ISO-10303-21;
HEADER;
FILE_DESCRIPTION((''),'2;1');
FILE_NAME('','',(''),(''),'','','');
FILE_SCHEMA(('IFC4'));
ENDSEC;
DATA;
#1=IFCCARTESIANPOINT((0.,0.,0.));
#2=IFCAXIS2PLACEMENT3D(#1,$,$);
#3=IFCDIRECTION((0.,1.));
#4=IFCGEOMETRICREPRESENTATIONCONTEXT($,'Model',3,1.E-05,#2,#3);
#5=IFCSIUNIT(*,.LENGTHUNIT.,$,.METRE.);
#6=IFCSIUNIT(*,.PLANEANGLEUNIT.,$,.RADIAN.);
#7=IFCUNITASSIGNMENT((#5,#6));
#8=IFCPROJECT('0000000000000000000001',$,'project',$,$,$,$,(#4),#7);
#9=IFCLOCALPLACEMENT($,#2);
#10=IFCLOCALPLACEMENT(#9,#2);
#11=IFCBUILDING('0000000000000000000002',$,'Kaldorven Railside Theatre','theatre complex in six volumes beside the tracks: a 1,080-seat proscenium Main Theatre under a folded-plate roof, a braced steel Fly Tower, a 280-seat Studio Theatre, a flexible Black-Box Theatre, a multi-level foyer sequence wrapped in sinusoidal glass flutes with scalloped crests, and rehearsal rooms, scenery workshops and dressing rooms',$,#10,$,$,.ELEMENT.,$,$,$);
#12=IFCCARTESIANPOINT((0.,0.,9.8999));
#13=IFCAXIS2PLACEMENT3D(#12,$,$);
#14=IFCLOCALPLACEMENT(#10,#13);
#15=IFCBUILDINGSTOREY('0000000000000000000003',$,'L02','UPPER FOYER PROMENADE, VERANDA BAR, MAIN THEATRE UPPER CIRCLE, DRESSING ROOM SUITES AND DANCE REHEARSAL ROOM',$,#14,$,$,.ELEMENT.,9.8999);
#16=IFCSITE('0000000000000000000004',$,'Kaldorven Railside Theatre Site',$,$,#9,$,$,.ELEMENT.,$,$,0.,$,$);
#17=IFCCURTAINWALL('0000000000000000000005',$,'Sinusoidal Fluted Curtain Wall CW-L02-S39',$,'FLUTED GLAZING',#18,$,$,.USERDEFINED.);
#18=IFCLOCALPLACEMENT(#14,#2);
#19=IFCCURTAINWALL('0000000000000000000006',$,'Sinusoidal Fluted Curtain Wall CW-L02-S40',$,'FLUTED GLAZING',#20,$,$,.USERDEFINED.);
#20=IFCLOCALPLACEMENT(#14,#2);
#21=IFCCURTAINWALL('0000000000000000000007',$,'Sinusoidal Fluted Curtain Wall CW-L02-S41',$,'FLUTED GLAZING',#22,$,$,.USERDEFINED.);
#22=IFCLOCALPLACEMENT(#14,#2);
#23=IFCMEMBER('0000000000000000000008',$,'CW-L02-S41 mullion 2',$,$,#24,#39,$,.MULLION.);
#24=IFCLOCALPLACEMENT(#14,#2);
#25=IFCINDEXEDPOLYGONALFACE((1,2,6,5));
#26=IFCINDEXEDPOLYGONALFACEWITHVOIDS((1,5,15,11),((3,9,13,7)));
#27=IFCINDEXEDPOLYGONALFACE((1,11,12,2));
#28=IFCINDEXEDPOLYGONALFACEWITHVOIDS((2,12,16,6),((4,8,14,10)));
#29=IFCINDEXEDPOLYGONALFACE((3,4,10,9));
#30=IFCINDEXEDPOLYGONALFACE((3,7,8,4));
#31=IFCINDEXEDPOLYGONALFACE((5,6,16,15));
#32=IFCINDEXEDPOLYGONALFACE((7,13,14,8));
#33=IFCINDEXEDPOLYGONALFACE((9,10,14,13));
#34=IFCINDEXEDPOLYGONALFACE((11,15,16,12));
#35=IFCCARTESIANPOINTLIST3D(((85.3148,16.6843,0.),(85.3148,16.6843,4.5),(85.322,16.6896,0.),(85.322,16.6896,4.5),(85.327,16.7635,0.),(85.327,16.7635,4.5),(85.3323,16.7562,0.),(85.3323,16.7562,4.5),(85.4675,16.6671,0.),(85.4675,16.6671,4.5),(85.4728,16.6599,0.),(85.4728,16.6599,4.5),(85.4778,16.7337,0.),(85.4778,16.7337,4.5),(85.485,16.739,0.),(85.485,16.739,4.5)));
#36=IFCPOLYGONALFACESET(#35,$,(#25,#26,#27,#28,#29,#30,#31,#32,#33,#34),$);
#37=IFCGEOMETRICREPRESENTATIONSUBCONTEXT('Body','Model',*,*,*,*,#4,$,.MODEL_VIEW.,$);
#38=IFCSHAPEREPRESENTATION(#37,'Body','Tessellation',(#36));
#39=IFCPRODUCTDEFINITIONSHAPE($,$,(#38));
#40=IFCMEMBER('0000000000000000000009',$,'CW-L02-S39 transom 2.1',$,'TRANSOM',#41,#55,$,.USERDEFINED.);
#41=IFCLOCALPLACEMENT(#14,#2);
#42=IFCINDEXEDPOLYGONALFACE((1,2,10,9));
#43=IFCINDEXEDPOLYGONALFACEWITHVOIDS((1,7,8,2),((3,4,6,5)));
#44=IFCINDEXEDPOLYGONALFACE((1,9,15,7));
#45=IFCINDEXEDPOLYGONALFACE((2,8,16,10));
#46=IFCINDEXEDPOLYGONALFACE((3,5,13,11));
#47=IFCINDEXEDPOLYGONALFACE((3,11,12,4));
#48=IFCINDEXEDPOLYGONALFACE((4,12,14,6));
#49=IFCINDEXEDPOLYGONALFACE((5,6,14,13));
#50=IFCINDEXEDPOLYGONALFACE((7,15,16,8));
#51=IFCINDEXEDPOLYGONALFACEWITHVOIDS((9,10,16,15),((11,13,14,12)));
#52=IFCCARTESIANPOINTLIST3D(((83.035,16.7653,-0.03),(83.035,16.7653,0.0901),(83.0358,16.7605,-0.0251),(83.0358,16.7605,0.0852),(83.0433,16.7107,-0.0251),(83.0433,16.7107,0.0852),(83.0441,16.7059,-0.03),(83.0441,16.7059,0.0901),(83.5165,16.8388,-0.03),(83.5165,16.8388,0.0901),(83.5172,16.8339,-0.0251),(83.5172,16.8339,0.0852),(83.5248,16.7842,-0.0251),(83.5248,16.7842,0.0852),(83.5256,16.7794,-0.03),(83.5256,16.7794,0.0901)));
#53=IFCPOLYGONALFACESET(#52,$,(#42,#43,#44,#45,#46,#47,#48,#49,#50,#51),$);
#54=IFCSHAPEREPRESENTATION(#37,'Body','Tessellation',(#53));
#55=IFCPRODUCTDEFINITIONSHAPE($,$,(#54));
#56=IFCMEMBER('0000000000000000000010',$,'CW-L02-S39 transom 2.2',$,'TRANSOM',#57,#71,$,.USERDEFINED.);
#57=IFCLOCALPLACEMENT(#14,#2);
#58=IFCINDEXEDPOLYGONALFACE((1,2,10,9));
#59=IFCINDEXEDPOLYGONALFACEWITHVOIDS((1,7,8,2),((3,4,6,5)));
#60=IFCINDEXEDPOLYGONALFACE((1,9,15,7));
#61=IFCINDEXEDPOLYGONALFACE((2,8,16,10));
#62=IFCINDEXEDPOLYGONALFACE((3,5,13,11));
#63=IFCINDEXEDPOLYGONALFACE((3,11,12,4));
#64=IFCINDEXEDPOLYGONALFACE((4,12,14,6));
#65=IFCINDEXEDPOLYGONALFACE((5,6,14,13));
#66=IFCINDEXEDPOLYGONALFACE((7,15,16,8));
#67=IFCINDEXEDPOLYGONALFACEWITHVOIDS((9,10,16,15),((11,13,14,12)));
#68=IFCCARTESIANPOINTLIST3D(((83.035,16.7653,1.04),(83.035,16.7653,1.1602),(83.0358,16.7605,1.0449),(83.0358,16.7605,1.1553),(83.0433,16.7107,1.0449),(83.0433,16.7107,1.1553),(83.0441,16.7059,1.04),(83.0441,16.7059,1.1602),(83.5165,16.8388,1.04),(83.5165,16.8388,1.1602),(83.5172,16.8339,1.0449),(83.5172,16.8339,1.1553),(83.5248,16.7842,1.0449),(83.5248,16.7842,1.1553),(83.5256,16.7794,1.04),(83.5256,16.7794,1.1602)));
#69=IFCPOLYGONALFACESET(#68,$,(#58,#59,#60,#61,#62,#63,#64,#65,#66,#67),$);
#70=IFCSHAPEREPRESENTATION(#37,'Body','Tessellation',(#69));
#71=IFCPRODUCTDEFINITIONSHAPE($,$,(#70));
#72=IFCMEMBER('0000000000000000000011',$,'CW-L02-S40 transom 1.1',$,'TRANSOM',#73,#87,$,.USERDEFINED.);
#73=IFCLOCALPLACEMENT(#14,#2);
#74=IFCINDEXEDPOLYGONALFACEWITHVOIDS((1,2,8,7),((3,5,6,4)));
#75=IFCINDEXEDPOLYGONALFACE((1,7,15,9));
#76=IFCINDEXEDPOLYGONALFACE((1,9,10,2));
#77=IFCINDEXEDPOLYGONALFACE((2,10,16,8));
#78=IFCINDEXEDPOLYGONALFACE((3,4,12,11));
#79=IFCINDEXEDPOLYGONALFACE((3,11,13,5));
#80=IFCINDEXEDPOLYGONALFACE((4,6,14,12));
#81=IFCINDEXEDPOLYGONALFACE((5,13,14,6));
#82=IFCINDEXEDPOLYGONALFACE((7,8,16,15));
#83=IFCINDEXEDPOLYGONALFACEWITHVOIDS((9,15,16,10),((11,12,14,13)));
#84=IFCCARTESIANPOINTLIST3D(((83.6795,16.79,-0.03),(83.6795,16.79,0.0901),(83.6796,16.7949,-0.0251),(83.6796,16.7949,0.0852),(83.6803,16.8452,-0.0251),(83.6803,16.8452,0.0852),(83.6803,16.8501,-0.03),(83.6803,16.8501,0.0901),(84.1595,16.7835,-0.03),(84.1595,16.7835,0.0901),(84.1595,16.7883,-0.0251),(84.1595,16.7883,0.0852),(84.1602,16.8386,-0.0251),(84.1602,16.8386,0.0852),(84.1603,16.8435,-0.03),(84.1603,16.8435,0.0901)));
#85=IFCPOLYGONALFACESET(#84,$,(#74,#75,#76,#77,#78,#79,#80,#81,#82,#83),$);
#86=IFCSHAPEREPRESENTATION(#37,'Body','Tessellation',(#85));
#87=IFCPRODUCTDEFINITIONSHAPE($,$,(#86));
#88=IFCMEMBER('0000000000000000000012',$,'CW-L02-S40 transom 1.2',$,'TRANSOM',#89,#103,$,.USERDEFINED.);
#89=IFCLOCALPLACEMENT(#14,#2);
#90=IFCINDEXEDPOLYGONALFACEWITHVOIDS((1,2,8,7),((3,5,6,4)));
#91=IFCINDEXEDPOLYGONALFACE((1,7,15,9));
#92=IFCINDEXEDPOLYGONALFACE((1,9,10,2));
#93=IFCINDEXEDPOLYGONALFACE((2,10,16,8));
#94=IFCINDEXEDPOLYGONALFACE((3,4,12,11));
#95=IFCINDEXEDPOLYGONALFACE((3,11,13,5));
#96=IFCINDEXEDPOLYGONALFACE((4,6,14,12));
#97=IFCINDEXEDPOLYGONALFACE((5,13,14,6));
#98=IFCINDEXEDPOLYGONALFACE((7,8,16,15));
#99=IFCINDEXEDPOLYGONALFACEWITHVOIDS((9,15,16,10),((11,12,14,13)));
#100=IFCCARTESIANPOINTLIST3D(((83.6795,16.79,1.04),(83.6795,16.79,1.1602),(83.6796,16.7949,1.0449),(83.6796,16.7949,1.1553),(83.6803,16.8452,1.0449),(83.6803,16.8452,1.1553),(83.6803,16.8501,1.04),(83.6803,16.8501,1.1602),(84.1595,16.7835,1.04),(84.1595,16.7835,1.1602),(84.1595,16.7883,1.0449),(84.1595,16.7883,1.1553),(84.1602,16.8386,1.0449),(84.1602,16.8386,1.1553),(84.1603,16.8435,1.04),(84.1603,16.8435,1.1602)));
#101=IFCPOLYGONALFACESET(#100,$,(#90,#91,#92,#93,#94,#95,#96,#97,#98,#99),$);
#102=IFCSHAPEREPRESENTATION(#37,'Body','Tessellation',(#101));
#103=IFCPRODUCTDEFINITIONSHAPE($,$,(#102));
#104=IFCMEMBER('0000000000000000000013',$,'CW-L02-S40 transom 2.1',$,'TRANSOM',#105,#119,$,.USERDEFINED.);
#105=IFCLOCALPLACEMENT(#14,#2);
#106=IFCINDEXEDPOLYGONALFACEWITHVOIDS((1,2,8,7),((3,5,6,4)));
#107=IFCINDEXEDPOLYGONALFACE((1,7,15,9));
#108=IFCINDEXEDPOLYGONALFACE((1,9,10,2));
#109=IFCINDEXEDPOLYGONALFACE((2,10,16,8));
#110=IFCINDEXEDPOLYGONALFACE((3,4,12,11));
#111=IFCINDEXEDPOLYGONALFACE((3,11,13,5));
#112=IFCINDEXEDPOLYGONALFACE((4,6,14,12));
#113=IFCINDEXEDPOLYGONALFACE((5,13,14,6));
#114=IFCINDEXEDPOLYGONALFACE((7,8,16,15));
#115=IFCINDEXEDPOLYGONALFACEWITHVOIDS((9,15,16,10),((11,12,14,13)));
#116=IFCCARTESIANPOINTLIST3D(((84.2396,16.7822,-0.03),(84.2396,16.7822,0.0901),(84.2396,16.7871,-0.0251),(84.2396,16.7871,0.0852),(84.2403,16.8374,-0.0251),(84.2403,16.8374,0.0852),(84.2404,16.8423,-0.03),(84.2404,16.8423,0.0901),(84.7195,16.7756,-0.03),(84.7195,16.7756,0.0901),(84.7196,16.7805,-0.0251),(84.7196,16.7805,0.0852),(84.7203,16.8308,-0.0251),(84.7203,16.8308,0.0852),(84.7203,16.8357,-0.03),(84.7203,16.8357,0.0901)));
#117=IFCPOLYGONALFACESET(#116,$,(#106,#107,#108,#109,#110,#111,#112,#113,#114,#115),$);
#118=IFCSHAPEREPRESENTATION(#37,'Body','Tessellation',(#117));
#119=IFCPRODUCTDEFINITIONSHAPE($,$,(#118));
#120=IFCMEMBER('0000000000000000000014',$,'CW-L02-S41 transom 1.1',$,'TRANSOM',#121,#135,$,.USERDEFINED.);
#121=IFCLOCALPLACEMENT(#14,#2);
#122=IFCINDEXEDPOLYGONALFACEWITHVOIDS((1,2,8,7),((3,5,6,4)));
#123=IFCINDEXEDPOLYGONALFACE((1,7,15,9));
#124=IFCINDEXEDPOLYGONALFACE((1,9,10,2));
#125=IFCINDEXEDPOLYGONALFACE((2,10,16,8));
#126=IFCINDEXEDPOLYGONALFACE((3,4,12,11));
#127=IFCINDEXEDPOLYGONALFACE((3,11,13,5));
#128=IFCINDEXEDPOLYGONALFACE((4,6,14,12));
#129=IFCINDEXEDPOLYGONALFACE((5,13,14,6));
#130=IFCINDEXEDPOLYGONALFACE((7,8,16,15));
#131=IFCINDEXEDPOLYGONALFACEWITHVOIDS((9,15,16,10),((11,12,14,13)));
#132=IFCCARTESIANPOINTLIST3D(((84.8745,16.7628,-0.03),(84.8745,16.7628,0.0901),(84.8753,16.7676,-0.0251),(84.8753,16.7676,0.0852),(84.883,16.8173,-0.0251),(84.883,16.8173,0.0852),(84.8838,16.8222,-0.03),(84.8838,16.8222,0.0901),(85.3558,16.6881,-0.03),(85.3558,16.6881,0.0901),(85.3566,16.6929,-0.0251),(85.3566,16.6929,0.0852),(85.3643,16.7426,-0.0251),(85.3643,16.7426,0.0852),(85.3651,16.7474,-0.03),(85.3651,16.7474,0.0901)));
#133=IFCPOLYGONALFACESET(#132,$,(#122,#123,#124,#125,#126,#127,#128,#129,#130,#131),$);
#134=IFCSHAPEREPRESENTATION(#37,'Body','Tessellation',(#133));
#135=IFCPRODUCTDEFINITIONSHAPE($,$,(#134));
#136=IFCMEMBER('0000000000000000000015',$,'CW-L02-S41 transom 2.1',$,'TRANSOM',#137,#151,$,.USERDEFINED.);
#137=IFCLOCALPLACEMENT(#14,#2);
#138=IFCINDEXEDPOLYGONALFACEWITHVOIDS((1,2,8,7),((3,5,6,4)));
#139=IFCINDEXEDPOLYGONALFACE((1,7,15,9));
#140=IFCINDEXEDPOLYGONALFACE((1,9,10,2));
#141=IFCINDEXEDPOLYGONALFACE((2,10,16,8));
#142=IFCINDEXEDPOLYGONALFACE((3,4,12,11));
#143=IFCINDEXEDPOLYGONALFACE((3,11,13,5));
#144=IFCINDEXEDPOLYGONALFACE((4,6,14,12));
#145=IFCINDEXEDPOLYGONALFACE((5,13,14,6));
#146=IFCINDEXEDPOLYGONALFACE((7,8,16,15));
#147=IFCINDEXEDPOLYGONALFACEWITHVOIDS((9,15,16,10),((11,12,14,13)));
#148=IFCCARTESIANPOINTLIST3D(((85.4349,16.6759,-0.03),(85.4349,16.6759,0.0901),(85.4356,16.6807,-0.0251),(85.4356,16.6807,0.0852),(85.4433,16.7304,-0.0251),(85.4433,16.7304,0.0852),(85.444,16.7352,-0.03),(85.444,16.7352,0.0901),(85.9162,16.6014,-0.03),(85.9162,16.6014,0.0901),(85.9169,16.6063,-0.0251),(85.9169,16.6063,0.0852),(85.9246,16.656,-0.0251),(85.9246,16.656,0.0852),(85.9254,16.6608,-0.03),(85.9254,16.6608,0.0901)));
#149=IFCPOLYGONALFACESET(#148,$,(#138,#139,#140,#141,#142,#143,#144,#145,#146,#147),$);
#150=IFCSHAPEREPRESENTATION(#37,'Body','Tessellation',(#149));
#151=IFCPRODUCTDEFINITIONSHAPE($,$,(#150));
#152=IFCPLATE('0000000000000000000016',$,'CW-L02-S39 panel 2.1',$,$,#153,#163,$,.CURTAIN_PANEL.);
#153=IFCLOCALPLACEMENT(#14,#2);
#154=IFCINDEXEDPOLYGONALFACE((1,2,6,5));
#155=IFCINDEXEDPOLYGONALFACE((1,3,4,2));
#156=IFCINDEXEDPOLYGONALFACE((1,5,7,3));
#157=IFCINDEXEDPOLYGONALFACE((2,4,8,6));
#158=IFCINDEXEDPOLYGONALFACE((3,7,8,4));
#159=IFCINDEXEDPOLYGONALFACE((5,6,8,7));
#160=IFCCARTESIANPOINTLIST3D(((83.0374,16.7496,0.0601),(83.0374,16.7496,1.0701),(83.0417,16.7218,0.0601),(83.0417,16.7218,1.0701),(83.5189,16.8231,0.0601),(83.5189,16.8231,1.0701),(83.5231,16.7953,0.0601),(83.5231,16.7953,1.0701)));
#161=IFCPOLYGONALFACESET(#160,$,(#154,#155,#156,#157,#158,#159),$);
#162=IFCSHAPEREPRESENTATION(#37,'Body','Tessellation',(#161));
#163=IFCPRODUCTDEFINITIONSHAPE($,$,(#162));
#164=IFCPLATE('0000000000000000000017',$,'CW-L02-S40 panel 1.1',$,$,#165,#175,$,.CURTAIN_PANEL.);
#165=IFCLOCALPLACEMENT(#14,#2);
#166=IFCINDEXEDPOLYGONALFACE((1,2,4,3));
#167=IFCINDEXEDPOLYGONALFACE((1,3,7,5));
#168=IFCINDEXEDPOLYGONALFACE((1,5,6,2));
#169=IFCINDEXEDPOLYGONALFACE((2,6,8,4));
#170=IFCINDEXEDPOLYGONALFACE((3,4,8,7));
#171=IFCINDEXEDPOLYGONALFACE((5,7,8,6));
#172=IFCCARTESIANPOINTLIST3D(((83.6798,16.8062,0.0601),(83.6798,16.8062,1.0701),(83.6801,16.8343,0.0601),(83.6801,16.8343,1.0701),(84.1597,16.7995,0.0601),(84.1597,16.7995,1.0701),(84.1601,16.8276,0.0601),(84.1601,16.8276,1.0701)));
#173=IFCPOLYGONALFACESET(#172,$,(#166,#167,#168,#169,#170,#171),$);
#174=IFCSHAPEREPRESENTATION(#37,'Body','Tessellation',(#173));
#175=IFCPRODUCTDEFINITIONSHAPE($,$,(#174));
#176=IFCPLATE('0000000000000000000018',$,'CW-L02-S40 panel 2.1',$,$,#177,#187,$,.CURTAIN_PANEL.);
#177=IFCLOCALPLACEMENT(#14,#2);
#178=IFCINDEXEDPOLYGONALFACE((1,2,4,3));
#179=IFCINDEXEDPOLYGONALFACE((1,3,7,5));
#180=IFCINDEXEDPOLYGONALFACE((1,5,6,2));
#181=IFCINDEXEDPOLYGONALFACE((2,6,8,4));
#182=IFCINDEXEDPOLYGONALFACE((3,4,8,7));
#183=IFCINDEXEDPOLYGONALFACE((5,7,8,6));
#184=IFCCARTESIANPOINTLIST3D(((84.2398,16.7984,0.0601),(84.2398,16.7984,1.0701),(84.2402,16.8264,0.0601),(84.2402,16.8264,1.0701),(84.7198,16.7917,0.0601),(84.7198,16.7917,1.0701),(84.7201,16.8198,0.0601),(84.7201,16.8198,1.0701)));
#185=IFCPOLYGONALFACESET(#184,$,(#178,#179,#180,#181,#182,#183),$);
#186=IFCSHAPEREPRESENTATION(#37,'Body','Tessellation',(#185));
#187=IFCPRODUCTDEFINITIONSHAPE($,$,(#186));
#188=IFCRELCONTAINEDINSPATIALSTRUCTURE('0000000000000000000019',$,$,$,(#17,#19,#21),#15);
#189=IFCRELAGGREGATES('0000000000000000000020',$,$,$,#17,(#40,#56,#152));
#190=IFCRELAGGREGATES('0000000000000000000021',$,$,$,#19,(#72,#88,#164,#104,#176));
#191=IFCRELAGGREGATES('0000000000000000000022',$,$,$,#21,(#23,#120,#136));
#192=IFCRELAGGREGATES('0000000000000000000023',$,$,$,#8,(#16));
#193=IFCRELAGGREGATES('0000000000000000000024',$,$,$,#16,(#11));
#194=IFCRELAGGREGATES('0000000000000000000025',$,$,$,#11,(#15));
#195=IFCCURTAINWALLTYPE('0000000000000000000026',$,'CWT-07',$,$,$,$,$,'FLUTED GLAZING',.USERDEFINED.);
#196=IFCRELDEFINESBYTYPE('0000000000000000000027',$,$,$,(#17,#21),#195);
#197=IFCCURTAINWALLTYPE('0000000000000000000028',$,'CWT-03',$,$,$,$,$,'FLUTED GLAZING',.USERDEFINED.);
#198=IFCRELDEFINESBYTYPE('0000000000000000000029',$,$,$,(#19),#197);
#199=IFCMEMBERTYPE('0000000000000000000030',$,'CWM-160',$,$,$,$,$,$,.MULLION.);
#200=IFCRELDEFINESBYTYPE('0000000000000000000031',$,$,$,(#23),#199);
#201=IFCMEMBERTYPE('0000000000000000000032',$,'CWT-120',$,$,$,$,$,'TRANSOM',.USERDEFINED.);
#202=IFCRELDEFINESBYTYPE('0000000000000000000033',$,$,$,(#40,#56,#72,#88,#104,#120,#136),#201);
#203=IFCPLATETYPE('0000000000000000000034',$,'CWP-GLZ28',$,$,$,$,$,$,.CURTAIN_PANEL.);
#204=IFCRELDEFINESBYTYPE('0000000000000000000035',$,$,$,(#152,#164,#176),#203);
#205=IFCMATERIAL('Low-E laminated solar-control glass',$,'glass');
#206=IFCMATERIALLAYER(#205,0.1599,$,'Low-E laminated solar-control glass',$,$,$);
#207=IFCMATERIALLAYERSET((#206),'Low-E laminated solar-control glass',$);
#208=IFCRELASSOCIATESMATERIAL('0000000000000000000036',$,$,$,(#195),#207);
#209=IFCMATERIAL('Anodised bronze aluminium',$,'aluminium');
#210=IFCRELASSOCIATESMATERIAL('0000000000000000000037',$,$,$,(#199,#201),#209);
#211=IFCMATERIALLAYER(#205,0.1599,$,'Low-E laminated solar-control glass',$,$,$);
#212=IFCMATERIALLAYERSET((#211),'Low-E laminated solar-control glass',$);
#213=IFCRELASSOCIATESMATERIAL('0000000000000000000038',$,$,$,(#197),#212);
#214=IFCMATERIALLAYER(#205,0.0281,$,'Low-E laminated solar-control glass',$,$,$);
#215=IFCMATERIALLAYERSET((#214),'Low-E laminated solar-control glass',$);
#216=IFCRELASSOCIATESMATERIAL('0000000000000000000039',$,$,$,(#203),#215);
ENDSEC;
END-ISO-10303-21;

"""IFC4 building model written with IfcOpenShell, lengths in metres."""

from ifc_helpers import new_model, si_unit, direction, frame, origin, origin_2d, place, context, subcontext, project, spatial, rectangle, hollow_rectangle, extrude, material, layer, layer_set, material_profile, profile_set, type_object, element, aggregate, save


model = new_model("IFC4")

# Units and contexts
model_context = context("Model", 3, precision=1e-05, world=origin(), true_north=direction((0.0, 1.0)))
body_context = subcontext(model_context, "Body", "Model", "MODEL_VIEW")
ifc_project = project(units=[si_unit("LENGTHUNIT", "METRE"), si_unit("PLANEANGLEUNIT", "RADIAN")], contexts=[model_context])

# Site, building, storey
site_placement = place(None, origin())
site = spatial("IfcSite", under=ifc_project, at=site_placement, Name="Kaldorven Railside Theatre Site", CompositionType="ELEMENT", RefElevation=0.0)
building_placement = place(site_placement, origin())
building = spatial("IfcBuilding", under=site, at=building_placement, Name="Kaldorven Railside Theatre", Description="theatre complex in six volumes beside the tracks: a 1,080-seat proscenium Main Theatre under a folded-plate roof, a braced steel Fly Tower, a 280-seat Studio Theatre, a flexible Black-Box Theatre, a multi-level foyer sequence wrapped in sinusoidal glass flutes with scalloped crests, and rehearsal rooms, scenery workshops and dressing rooms", CompositionType="ELEMENT")
storey_placement = place(building_placement, frame((0.0, 0.0, 9.8999)))
storey = spatial("IfcBuildingStorey", under=building, at=storey_placement, Name="L02", Description="UPPER FOYER PROMENADE, VERANDA BAR, MAIN THEATRE UPPER CIRCLE, DRESSING ROOM SUITES AND DANCE REHEARSAL ROOM", CompositionType="ELEMENT", Elevation=9.8999)

# Curtain walls, member
ifc_material_1 = material(Name="Low-E laminated solar-control glass", Category="glass")
ifc_layer_1 = layer(ifc_material_1, 0.1599, Name="Low-E laminated solar-control glass")
ifc_layer_set_1 = layer_set([ifc_layer_1], Name="Low-E laminated solar-control glass")
curtain_wall_type_1 = type_object("IfcCurtainWallType", Name="CWT-07", ElementType="FLUTED GLAZING", PredefinedType="USERDEFINED", material=ifc_layer_set_1)
curtain_wall_1_placement = place(storey_placement, origin())
curtain_wall_1 = element("IfcCurtainWall", 1, at=curtain_wall_1_placement, inside=storey, type_object=curtain_wall_type_1, Name="Sinusoidal Fluted Curtain Wall CW-L02-S39", ObjectType="FLUTED GLAZING", PredefinedType="USERDEFINED")
ifc_material_2 = material(Name="Anodised bronze aluminium", Category="aluminium")
ifc_material_profile_1 = material_profile(ifc_material_2, hollow_rectangle(XDim=0.0801, YDim=0.1599, WallThickness=0.0063, at=origin_2d()), Name="RHS 160x80x6.3")
ifc_profile_set_1 = profile_set([ifc_material_profile_1], Name="Anodised bronze aluminium")
member_type_1 = type_object("IfcMemberType", Name="CWM-160", PredefinedType="MULLION", material=ifc_profile_set_1)
ifc_layer_2 = layer(ifc_material_1, 0.1599, Name="Low-E laminated solar-control glass")
ifc_layer_set_2 = layer_set([ifc_layer_2], Name="Low-E laminated solar-control glass")
curtain_wall_type_2 = type_object("IfcCurtainWallType", Name="CWT-03", ElementType="FLUTED GLAZING", PredefinedType="USERDEFINED", material=ifc_layer_set_2)
curtain_wall_2_placement = place(storey_placement, origin())
curtain_wall_2 = element("IfcCurtainWall", 2, at=curtain_wall_2_placement, inside=storey, type_object=curtain_wall_type_2, Name="Sinusoidal Fluted Curtain Wall CW-L02-S40", ObjectType="FLUTED GLAZING", PredefinedType="USERDEFINED")
curtain_wall_3_placement = place(storey_placement, origin())
curtain_wall_3 = element("IfcCurtainWall", 3, at=curtain_wall_3_placement, inside=storey, type_object=curtain_wall_type_1, Name="Sinusoidal Fluted Curtain Wall CW-L02-S41", ObjectType="FLUTED GLAZING", PredefinedType="USERDEFINED")
member_1_placement = place(storey_placement, frame((85.3999, 16.7117, 0.0), z_axis=(0.0, 0.0, 1.0), x_axis=(0.15301, 0.988225, 0.0)))
member_1 = element("IfcMember", 4, at=member_1_placement, type_object=member_type_1, Name="CW-L02-S41 mullion 2", PredefinedType="MULLION", context=body_context, shape_type="SweptSolid", body=[
    extrude(hollow_rectangle(XDim=0.0801, YDim=0.1599, WallThickness=0.0063, at=origin_2d()), origin(), (0.0, 0.0, 1.0), 4.5),
])

# Members
ifc_material_profile_2 = material_profile(ifc_material_2, hollow_rectangle(XDim=0.0601, YDim=0.1201, WallThickness=0.0049, at=origin_2d()), Name="RHS 120x60x5")
ifc_profile_set_2 = profile_set([ifc_material_profile_2], Name="Anodised bronze aluminium")
member_type_2 = type_object("IfcMemberType", Name="CWT-120", ElementType="TRANSOM", PredefinedType="USERDEFINED", material=ifc_profile_set_2)
member_2_placement = place(storey_placement, frame((83.0396, 16.7356, 0.03), z_axis=(0.988551, 0.150889, 0.0), x_axis=(-0.150889, 0.988551, 0.0)))
member_2 = element("IfcMember", 5, at=member_2_placement, type_object=member_type_2, Name="CW-L02-S39 transom 2.1", ObjectType="TRANSOM", PredefinedType="USERDEFINED", context=body_context, shape_type="SweptSolid", body=[
    extrude(hollow_rectangle(XDim=0.0601, YDim=0.1201, WallThickness=0.0049, at=origin_2d()), origin(), (0.0, 0.0, 1.0), 0.4871),
])
member_3_placement = place(storey_placement, frame((83.0396, 16.7356, 1.1001), z_axis=(0.988551, 0.150889, 0.0), x_axis=(-0.150889, 0.988551, 0.0)))
member_3 = element("IfcMember", 6, at=member_3_placement, type_object=member_type_2, Name="CW-L02-S39 transom 2.2", ObjectType="TRANSOM", PredefinedType="USERDEFINED", context=body_context, shape_type="SweptSolid", body=[
    extrude(hollow_rectangle(XDim=0.0601, YDim=0.1201, WallThickness=0.0049, at=origin_2d()), origin(), (0.0, 0.0, 1.0), 0.4871),
])
member_4_placement = place(storey_placement, frame((83.6799, 16.8201, 0.03), z_axis=(0.999906, -0.013732, 0.0), x_axis=(0.013732, 0.999906, 0.0)))
member_4 = element("IfcMember", 7, at=member_4_placement, type_object=member_type_2, Name="CW-L02-S40 transom 1.1", ObjectType="TRANSOM", PredefinedType="USERDEFINED", context=body_context, shape_type="SweptSolid", body=[
    extrude(hollow_rectangle(XDim=0.0601, YDim=0.1201, WallThickness=0.0049, at=origin_2d()), origin(), (0.0, 0.0, 1.0), 0.48),
])
member_5_placement = place(storey_placement, frame((83.6799, 16.8201, 1.1001), z_axis=(0.999906, -0.013732, 0.0), x_axis=(0.013732, 0.999906, 0.0)))
member_5 = element("IfcMember", 8, at=member_5_placement, type_object=member_type_2, Name="CW-L02-S40 transom 1.2", ObjectType="TRANSOM", PredefinedType="USERDEFINED", context=body_context, shape_type="SweptSolid", body=[
    extrude(hollow_rectangle(XDim=0.0601, YDim=0.1201, WallThickness=0.0049, at=origin_2d()), origin(), (0.0, 0.0, 1.0), 0.48),
])
member_6_placement = place(storey_placement, frame((84.24, 16.8123, 0.03), z_axis=(0.999906, -0.013732, 0.0), x_axis=(0.013732, 0.999906, 0.0)))
member_6 = element("IfcMember", 9, at=member_6_placement, type_object=member_type_2, Name="CW-L02-S40 transom 2.1", ObjectType="TRANSOM", PredefinedType="USERDEFINED", context=body_context, shape_type="SweptSolid", body=[
    extrude(hollow_rectangle(XDim=0.0601, YDim=0.1201, WallThickness=0.0049, at=origin_2d()), origin(), (0.0, 0.0, 1.0), 0.48),
])
member_7_placement = place(storey_placement, frame((84.8792, 16.7925, 0.03), z_axis=(0.988162, -0.153413, 0.0), x_axis=(0.153413, 0.988162, 0.0)))
member_7 = element("IfcMember", 10, at=member_7_placement, type_object=member_type_2, Name="CW-L02-S41 transom 1.1", ObjectType="TRANSOM", PredefinedType="USERDEFINED", context=body_context, shape_type="SweptSolid", body=[
    extrude(hollow_rectangle(XDim=0.0601, YDim=0.1201, WallThickness=0.0049, at=origin_2d()), origin(), (0.0, 0.0, 1.0), 0.4871),
])
member_8_placement = place(storey_placement, frame((85.4395, 16.7056, 0.03), z_axis=(0.98825, -0.152848, 0.0), x_axis=(0.152848, 0.98825, 0.0)))
member_8 = element("IfcMember", 11, at=member_8_placement, type_object=member_type_2, Name="CW-L02-S41 transom 2.1", ObjectType="TRANSOM", PredefinedType="USERDEFINED", context=body_context, shape_type="SweptSolid", body=[
    extrude(hollow_rectangle(XDim=0.0601, YDim=0.1201, WallThickness=0.0049, at=origin_2d()), origin(), (0.0, 0.0, 1.0), 0.4871),
])

# Plates
ifc_layer_3 = layer(ifc_material_1, 0.0281, Name="Low-E laminated solar-control glass")
ifc_layer_set_3 = layer_set([ifc_layer_3], Name="Low-E laminated solar-control glass")
plate_type = type_object("IfcPlateType", Name="CWP-GLZ28", PredefinedType="CURTAIN_PANEL", material=ifc_layer_set_3)
plate_1_placement = place(storey_placement, frame((83.2803, 16.7725, 0.0601), z_axis=(0.0, 0.0, 1.0), x_axis=(0.988546, 0.150918, 0.0)))
plate_1 = element("IfcPlate", 12, at=plate_1_placement, type_object=plate_type, Name="CW-L02-S39 panel 2.1", PredefinedType="CURTAIN_PANEL", context=body_context, shape_type="SweptSolid", body=[
    extrude(rectangle(XDim=0.4871, YDim=0.0281, at=origin_2d()), origin(), (0.0, 0.0, 1.0), 1.01),
])
aggregate(curtain_wall_1, [member_2, member_3, plate_1])
plate_2_placement = place(storey_placement, frame((83.9199, 16.8169, 0.0601), z_axis=(0.0, 0.0, 1.0), x_axis=(0.999904, -0.013832, 0.0)))
plate_2 = element("IfcPlate", 13, at=plate_2_placement, type_object=plate_type, Name="CW-L02-S40 panel 1.1", PredefinedType="CURTAIN_PANEL", context=body_context, shape_type="SweptSolid", body=[
    extrude(rectangle(XDim=0.48, YDim=0.0281, at=origin_2d()), origin(), (0.0, 0.0, 1.0), 1.01),
])
plate_3_placement = place(storey_placement, frame((84.48, 16.8091, 0.0601), z_axis=(0.0, 0.0, 1.0), x_axis=(0.999904, -0.013832, 0.0)))
plate_3 = element("IfcPlate", 14, at=plate_3_placement, type_object=plate_type, Name="CW-L02-S40 panel 2.1", PredefinedType="CURTAIN_PANEL", context=body_context, shape_type="SweptSolid", body=[
    extrude(rectangle(XDim=0.48, YDim=0.0281, at=origin_2d()), origin(), (0.0, 0.0, 1.0), 1.01),
])
aggregate(curtain_wall_2, [member_4, member_5, plate_2, member_6, plate_3])
aggregate(curtain_wall_3, [member_1, member_7, member_8])

save(model, "model.ifc")
